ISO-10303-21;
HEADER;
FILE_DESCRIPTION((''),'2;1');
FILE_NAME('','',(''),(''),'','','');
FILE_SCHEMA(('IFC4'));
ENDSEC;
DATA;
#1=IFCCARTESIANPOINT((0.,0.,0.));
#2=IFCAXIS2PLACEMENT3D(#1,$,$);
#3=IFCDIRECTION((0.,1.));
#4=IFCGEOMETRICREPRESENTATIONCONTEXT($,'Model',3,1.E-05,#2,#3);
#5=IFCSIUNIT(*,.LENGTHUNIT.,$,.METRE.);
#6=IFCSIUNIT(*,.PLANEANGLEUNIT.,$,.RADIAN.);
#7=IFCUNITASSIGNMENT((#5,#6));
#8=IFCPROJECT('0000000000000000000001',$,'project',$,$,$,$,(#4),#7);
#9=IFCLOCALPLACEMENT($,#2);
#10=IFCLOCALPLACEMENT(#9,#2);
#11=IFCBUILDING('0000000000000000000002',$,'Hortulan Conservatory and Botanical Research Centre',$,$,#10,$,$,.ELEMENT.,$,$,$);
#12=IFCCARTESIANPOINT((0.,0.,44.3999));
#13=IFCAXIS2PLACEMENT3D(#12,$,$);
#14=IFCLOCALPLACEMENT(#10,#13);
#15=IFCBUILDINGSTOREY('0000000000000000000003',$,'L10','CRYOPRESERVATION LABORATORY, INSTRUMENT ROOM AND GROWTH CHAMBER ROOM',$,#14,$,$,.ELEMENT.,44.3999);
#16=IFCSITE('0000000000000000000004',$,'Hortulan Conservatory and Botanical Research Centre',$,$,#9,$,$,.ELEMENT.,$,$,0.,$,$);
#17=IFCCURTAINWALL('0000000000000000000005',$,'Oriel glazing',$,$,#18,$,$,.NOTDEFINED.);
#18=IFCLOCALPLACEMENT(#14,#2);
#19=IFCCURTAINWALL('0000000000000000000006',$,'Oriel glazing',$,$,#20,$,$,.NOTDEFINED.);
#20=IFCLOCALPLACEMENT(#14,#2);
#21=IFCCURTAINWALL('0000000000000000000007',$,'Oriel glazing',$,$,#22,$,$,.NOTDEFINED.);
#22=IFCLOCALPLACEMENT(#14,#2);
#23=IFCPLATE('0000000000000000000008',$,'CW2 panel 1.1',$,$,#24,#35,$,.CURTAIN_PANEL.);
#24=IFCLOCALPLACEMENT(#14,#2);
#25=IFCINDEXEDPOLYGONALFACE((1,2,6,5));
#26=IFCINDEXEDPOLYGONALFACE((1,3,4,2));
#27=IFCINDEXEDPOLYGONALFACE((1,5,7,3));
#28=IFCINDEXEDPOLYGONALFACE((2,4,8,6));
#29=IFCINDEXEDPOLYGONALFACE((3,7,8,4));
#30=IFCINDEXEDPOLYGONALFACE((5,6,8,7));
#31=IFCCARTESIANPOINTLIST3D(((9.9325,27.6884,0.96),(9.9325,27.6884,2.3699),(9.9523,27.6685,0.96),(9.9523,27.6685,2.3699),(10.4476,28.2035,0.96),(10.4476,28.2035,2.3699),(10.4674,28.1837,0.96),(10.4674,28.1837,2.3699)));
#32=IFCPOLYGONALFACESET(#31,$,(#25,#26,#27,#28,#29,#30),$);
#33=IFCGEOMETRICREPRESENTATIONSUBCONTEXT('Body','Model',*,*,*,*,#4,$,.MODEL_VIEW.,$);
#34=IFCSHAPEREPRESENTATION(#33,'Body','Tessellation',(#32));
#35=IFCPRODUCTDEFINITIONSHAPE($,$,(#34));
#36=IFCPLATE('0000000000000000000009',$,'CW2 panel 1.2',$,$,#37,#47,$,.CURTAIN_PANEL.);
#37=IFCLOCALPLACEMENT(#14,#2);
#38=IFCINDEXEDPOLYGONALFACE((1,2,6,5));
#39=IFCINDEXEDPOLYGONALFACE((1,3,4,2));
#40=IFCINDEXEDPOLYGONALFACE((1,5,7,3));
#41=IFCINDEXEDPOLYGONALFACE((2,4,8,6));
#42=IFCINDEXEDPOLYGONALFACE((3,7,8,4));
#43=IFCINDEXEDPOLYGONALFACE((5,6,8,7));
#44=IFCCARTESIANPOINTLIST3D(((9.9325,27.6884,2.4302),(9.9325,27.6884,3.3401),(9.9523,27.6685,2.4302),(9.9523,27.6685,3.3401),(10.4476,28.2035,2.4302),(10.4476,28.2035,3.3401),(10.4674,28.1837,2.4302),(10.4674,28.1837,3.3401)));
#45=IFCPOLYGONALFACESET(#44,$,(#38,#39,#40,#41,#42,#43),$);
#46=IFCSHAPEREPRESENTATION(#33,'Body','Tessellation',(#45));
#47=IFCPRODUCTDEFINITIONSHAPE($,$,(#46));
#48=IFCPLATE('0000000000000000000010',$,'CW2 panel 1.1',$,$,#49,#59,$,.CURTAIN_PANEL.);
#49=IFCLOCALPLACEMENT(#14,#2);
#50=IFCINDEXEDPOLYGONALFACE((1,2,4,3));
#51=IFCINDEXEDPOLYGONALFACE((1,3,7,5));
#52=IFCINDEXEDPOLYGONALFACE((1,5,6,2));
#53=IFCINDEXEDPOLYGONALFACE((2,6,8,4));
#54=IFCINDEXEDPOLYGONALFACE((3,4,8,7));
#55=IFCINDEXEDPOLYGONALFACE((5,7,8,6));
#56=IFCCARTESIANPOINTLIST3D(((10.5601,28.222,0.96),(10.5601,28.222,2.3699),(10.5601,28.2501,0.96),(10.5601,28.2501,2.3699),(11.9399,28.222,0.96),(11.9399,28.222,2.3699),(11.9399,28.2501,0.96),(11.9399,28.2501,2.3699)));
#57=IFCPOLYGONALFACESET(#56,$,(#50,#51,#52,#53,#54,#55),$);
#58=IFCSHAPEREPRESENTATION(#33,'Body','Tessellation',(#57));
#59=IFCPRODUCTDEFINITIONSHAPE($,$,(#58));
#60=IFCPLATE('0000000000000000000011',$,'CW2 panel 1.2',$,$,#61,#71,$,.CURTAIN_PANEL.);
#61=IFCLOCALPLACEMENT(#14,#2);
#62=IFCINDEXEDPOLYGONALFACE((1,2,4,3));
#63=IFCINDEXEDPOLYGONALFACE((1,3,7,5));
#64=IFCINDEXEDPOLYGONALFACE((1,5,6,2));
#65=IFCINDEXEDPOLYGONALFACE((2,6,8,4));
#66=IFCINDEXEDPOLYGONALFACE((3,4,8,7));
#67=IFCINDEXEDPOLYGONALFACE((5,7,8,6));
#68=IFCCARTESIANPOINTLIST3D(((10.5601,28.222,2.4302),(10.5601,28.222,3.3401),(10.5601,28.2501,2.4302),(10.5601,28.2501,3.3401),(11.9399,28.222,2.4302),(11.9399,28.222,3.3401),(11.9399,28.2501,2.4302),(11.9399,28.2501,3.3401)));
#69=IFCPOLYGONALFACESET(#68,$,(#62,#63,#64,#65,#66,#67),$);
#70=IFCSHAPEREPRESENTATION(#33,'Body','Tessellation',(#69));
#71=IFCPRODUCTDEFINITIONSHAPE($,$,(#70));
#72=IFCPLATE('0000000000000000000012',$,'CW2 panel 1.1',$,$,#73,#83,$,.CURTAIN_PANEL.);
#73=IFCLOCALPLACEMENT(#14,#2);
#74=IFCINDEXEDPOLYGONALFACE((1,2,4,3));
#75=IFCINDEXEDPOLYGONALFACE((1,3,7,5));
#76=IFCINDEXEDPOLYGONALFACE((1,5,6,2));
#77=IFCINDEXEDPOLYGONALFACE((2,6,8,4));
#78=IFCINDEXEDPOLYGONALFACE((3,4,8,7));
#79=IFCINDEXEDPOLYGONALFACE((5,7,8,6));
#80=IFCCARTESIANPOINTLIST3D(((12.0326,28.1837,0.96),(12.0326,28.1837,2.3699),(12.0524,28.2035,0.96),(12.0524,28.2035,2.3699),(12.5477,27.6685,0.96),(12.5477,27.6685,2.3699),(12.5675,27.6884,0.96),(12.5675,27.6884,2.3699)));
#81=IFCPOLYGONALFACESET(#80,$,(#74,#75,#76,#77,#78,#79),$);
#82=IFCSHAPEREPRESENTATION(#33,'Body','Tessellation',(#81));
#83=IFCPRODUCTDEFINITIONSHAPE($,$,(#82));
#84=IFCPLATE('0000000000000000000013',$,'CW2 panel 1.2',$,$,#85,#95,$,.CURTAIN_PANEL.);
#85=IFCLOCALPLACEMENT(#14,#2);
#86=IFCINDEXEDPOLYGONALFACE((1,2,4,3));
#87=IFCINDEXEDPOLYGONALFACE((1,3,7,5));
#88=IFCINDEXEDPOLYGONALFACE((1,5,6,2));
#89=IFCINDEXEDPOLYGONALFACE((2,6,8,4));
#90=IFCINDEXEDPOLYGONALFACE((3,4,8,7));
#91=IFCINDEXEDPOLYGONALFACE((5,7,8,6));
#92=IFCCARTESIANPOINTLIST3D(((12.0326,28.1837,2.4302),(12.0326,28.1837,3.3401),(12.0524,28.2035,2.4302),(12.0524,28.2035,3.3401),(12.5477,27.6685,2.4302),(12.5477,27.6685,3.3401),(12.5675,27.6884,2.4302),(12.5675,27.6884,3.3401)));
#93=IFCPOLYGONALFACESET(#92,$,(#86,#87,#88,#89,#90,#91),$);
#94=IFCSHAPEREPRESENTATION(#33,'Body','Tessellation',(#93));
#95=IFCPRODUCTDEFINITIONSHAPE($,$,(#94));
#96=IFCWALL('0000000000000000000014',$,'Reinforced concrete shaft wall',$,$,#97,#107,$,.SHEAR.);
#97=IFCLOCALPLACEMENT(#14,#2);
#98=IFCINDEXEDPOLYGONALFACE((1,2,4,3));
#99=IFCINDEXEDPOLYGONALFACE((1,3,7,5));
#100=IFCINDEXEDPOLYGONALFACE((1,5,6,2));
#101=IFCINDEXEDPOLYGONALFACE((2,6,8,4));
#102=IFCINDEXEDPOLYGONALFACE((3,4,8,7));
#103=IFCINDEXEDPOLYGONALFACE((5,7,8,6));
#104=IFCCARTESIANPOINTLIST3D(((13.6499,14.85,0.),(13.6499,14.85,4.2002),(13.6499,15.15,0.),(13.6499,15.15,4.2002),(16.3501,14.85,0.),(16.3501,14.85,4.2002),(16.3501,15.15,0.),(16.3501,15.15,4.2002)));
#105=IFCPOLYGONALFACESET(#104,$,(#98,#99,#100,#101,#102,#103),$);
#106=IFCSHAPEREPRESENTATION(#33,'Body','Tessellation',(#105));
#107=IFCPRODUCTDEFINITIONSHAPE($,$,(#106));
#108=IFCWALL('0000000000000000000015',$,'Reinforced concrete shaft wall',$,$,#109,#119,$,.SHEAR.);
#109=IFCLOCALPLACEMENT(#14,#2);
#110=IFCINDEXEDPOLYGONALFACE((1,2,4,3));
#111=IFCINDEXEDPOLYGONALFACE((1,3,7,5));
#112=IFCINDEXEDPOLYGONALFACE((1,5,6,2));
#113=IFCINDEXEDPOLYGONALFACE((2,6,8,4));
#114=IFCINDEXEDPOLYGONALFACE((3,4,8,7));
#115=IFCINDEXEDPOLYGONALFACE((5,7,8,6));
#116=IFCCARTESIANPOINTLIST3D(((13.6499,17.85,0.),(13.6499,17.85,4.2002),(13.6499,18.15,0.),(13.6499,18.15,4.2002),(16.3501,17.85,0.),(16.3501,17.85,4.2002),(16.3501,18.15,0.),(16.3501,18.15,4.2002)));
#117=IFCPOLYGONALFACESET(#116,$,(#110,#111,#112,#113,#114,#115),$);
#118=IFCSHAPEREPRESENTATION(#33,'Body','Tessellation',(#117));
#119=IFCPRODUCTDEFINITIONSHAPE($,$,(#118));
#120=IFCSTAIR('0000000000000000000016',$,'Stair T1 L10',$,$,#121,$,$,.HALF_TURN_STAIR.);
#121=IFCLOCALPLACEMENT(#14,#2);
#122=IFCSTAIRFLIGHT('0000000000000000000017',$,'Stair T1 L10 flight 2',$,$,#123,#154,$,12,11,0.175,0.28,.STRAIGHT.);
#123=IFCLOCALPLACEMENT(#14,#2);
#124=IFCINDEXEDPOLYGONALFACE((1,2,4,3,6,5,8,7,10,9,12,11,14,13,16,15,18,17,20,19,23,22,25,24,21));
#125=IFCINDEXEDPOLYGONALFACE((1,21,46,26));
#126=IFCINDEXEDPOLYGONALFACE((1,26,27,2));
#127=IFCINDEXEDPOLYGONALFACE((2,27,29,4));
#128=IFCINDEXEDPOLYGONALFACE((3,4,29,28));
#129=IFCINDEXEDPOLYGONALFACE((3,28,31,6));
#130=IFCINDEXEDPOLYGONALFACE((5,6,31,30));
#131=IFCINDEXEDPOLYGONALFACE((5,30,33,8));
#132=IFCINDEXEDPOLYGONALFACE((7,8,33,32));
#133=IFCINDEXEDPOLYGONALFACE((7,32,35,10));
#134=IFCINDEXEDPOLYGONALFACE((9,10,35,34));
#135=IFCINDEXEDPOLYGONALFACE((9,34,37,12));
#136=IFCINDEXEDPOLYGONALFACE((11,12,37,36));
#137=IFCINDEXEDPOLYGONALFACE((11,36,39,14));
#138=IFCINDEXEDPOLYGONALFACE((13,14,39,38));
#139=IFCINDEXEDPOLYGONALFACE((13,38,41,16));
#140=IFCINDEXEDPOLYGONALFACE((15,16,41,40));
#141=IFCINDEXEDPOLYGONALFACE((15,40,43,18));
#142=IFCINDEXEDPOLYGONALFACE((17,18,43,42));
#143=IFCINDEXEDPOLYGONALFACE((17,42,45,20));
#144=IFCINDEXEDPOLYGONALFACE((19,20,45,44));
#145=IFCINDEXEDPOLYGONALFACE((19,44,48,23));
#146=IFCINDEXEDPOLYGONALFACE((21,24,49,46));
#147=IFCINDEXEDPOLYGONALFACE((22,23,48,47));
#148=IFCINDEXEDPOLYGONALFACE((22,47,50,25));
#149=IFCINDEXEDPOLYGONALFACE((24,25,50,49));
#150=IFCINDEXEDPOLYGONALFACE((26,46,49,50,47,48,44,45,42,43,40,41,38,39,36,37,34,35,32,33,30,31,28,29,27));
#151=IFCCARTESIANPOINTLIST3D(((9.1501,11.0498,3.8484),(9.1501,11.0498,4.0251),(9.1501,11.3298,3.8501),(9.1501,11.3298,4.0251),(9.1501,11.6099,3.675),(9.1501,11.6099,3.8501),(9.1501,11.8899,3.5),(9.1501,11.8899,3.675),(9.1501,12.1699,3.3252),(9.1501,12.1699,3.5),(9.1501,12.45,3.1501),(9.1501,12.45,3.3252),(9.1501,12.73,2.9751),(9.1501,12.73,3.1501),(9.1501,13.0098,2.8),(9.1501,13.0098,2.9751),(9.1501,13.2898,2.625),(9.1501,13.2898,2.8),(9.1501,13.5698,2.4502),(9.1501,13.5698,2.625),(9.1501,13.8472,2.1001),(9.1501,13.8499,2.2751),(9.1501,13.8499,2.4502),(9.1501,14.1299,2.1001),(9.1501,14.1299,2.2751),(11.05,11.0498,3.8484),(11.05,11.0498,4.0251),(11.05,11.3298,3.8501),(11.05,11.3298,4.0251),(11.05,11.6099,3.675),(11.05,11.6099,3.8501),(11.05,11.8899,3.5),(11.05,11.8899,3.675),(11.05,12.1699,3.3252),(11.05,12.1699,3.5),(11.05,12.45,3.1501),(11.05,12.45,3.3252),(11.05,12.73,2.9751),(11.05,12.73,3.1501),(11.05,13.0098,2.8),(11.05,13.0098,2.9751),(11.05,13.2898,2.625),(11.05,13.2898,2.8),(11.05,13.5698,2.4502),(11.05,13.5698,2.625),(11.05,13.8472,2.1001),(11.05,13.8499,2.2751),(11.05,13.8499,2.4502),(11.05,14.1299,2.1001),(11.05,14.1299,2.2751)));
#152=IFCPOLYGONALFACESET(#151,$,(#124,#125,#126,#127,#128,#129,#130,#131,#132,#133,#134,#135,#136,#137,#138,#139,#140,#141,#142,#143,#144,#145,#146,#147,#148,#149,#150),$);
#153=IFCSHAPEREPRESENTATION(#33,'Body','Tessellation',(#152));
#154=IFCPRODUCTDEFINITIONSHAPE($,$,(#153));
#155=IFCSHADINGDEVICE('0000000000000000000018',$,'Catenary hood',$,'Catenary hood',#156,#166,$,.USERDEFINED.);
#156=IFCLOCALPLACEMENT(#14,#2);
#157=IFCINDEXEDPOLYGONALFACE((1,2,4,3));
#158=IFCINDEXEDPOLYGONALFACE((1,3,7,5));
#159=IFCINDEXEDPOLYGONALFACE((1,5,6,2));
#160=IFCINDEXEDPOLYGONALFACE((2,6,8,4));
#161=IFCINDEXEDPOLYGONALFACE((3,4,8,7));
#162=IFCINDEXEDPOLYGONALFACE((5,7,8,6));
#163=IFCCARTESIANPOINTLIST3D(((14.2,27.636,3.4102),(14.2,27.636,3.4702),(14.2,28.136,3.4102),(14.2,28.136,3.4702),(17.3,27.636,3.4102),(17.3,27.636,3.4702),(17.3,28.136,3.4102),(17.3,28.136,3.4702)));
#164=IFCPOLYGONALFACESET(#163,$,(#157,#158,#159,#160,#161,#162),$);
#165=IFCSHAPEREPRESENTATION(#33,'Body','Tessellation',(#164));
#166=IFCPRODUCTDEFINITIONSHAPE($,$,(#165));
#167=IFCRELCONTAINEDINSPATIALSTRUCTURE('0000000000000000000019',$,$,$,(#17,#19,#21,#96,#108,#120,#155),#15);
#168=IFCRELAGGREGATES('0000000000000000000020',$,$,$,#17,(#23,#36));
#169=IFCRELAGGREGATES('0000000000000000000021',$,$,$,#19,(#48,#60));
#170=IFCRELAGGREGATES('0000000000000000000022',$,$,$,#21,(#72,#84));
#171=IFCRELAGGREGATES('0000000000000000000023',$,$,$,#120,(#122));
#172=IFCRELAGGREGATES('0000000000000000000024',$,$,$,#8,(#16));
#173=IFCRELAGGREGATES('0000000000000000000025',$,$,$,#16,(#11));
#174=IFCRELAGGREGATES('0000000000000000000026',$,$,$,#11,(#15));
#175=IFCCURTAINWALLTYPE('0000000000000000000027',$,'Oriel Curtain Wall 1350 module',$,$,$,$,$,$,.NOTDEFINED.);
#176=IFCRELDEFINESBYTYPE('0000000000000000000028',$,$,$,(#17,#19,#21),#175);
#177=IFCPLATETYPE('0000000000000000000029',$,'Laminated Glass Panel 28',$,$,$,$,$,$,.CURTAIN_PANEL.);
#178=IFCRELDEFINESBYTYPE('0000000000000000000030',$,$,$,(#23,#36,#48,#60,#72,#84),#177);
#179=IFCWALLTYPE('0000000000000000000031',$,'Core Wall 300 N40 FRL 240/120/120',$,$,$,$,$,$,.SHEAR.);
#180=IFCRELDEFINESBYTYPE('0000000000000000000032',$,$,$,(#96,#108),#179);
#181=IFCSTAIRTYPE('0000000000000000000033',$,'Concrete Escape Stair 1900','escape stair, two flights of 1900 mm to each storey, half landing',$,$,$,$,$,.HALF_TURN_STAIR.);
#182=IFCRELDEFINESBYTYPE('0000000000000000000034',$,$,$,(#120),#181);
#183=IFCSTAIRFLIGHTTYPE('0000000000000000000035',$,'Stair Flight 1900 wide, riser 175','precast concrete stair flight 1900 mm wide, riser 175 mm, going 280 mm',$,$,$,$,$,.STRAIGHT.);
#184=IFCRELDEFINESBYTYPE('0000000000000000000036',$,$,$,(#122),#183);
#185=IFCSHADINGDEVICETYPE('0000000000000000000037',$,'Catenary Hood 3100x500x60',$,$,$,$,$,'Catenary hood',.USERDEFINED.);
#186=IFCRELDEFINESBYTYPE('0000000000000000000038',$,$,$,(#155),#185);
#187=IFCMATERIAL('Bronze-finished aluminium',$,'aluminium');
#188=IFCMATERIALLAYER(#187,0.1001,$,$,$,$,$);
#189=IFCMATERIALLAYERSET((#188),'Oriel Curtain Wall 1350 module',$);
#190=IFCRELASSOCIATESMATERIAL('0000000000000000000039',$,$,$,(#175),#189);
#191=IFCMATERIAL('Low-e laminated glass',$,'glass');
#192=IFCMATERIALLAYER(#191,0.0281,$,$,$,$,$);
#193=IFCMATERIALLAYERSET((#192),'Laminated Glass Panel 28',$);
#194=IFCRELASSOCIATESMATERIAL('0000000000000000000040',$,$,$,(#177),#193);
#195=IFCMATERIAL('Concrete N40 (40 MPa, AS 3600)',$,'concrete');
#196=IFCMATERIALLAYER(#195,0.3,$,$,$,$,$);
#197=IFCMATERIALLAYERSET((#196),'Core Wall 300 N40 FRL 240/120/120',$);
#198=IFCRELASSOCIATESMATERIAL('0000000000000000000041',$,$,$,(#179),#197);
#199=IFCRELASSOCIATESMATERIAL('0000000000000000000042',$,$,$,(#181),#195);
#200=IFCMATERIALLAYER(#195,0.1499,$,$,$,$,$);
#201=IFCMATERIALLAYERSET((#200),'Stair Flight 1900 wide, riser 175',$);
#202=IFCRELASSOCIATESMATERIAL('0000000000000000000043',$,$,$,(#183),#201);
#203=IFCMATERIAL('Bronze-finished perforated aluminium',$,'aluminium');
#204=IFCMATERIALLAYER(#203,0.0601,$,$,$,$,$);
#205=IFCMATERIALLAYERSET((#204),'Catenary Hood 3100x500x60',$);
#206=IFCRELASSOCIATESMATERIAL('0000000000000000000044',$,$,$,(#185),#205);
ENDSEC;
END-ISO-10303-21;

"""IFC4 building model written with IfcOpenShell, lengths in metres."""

from ifc_helpers import new_model, si_unit, direction, frame, frame_2d, origin, origin_2d, place, context, subcontext, project, spatial, polyline, rectangle, outline, extrude, material, layer, layer_set, type_object, element, aggregate, save


model = new_model("IFC4")

# Units and contexts
model_context = context("Model", 3, precision=1e-05, world=origin(), true_north=direction((0.0, 1.0)))
body_context = subcontext(model_context, "Body", "Model", "MODEL_VIEW")
ifc_project = project(units=[si_unit("LENGTHUNIT", "METRE"), si_unit("PLANEANGLEUNIT", "RADIAN")], contexts=[model_context])

# Site, building, storey
site_placement = place(None, origin())
site = spatial("IfcSite", under=ifc_project, at=site_placement, Name="Hortulan Conservatory and Botanical Research Centre", CompositionType="ELEMENT", RefElevation=0.0)
building_placement = place(site_placement, origin())
building = spatial("IfcBuilding", under=site, at=building_placement, Name="Hortulan Conservatory and Botanical Research Centre", CompositionType="ELEMENT")
storey_placement = place(building_placement, frame((0.0, 0.0, 44.3999)))
storey = spatial("IfcBuildingStorey", under=building, at=storey_placement, Name="L10", Description="CRYOPRESERVATION LABORATORY, INSTRUMENT ROOM AND GROWTH CHAMBER ROOM", CompositionType="ELEMENT", Elevation=44.3999)

# Curtain wall
ifc_material_1 = material(Name="Bronze-finished aluminium", Category="aluminium")
ifc_layer_1 = layer(ifc_material_1, 0.1001)
ifc_layer_set_1 = layer_set([ifc_layer_1], Name="Oriel Curtain Wall 1350 module")
curtain_wall_type = type_object("IfcCurtainWallType", Name="Oriel Curtain Wall 1350 module", PredefinedType="NOTDEFINED", material=ifc_layer_set_1)
curtain_wall_1_placement = place(storey_placement, origin())
curtain_wall_1 = element("IfcCurtainWall", 1, at=curtain_wall_1_placement, inside=storey, type_object=curtain_wall_type, Name="Oriel glazing", PredefinedType="NOTDEFINED")

# Curtain walls
curtain_wall_2_placement = place(storey_placement, origin())
curtain_wall_2 = element("IfcCurtainWall", 2, at=curtain_wall_2_placement, inside=storey, type_object=curtain_wall_type, Name="Oriel glazing", PredefinedType="NOTDEFINED")
curtain_wall_3_placement = place(storey_placement, origin())
curtain_wall_3 = element("IfcCurtainWall", 3, at=curtain_wall_3_placement, inside=storey, type_object=curtain_wall_type, Name="Oriel glazing", PredefinedType="NOTDEFINED")

# Plates
ifc_material_2 = material(Name="Low-e laminated glass", Category="glass")
ifc_layer_2 = layer(ifc_material_2, 0.0281)
ifc_layer_set_2 = layer_set([ifc_layer_2], Name="Laminated Glass Panel 28")
plate_type = type_object("IfcPlateType", Name="Laminated Glass Panel 28", PredefinedType="CURTAIN_PANEL", material=ifc_layer_set_2)
plate_1_placement = place(storey_placement, frame((10.2, 27.936, 0.96), z_axis=(0.0, 0.0, 1.0), x_axis=(0.707107, 0.707107, 0.0)))
plate_1 = element("IfcPlate", 4, at=plate_1_placement, type_object=plate_type, Name="CW2 panel 1.1", PredefinedType="CURTAIN_PANEL", context=body_context, shape_type="SweptSolid", body=[
    extrude(rectangle(XDim=0.7285, YDim=0.0281, at=origin_2d()), origin(), (0.0, 0.0, 1.0), 1.4099),
])
plate_2_placement = place(storey_placement, frame((10.2, 27.936, 2.4302), z_axis=(0.0, 0.0, 1.0), x_axis=(0.707107, 0.707107, 0.0)))
plate_2 = element("IfcPlate", 5, at=plate_2_placement, type_object=plate_type, Name="CW2 panel 1.2", PredefinedType="CURTAIN_PANEL", context=body_context, shape_type="SweptSolid", body=[
    extrude(rectangle(XDim=0.7285, YDim=0.0281, at=origin_2d()), origin(), (0.0, 0.0, 1.0), 0.9099),
])
aggregate(curtain_wall_1, [plate_1, plate_2])
plate_3_placement = place(storey_placement, frame((11.25, 28.2361, 0.96), z_axis=(0.0, 0.0, 1.0), x_axis=(1.0, 0.0, 0.0)))
plate_3 = element("IfcPlate", 6, at=plate_3_placement, type_object=plate_type, Name="CW2 panel 1.1", PredefinedType="CURTAIN_PANEL", context=body_context, shape_type="SweptSolid", body=[
    extrude(rectangle(XDim=1.3799, YDim=0.0281, at=origin_2d()), origin(), (0.0, 0.0, 1.0), 1.4099),
])
plate_4_placement = place(storey_placement, frame((11.25, 28.2361, 2.4302), z_axis=(0.0, 0.0, 1.0), x_axis=(1.0, 0.0, 0.0)))
plate_4 = element("IfcPlate", 7, at=plate_4_placement, type_object=plate_type, Name="CW2 panel 1.2", PredefinedType="CURTAIN_PANEL", context=body_context, shape_type="SweptSolid", body=[
    extrude(rectangle(XDim=1.3799, YDim=0.0281, at=origin_2d()), origin(), (0.0, 0.0, 1.0), 0.9099),
])
aggregate(curtain_wall_2, [plate_3, plate_4])
plate_5_placement = place(storey_placement, frame((12.3, 27.936, 0.96), z_axis=(0.0, 0.0, 1.0), x_axis=(0.707107, -0.707107, 0.0)))
plate_5 = element("IfcPlate", 8, at=plate_5_placement, type_object=plate_type, Name="CW2 panel 1.1", PredefinedType="CURTAIN_PANEL", context=body_context, shape_type="SweptSolid", body=[
    extrude(rectangle(XDim=0.7285, YDim=0.0281, at=origin_2d()), origin(), (0.0, 0.0, 1.0), 1.4099),
])
plate_6_placement = place(storey_placement, frame((12.3, 27.936, 2.4302), z_axis=(0.0, 0.0, 1.0), x_axis=(0.707107, -0.707107, 0.0)))
plate_6 = element("IfcPlate", 9, at=plate_6_placement, type_object=plate_type, Name="CW2 panel 1.2", PredefinedType="CURTAIN_PANEL", context=body_context, shape_type="SweptSolid", body=[
    extrude(rectangle(XDim=0.7285, YDim=0.0281, at=origin_2d()), origin(), (0.0, 0.0, 1.0), 0.9099),
])
aggregate(curtain_wall_3, [plate_5, plate_6])

# Walls
ifc_material_3 = material(Name="Concrete N40 (40 MPa, AS 3600)", Category="concrete")
ifc_layer_3 = layer(ifc_material_3, 0.3)
ifc_layer_set_3 = layer_set([ifc_layer_3], Name="Core Wall 300 N40 FRL 240/120/120")
wall_type = type_object("IfcWallType", Name="Core Wall 300 N40 FRL 240/120/120", PredefinedType="SHEAR", material=ifc_layer_set_3)
for number, where, z_axis, x_axis, name in (
    (10, (13.6499, 15.0, 0.0), (0.0, 0.0, 1.0), (1.0, 0.0, 0.0), "Reinforced concrete shaft wall"),
    (11, (13.6499, 18.0, 0.0), (0.0, 0.0, 1.0), (1.0, 0.0, 0.0), "Reinforced concrete shaft wall"),
):
    element("IfcWall", number, at=place(storey_placement, frame(where, z_axis=z_axis, x_axis=x_axis)), inside=storey, type_object=wall_type, Name=name, PredefinedType="SHEAR", context=body_context, shape_type="SweptSolid", body=[
        extrude(rectangle(XDim=2.7002, YDim=0.3, at=frame_2d((1.3501, 0.0))), origin(), (0.0, 0.0, 1.0), 4.2002),
    ])

# Stair, stair flight
stair_type = type_object("IfcStairType", Name="Concrete Escape Stair 1900", Description="escape stair, two flights of 1900 mm to each storey, half landing", PredefinedType="HALF_TURN_STAIR", material=ifc_material_3)
stair_placement = place(storey_placement, origin())
stair = element("IfcStair", 12, at=stair_placement, inside=storey, type_object=stair_type, Name="Stair T1 L10", PredefinedType="HALF_TURN_STAIR")
ifc_layer_4 = layer(ifc_material_3, 0.1499)
ifc_layer_set_4 = layer_set([ifc_layer_4], Name="Stair Flight 1900 wide, riser 175")
stair_flight_type = type_object("IfcStairFlightType", Name="Stair Flight 1900 wide, riser 175", Description="precast concrete stair flight 1900 mm wide, riser 175 mm, going 280 mm", PredefinedType="STRAIGHT", material=ifc_layer_set_4)
stair_flight_placement = place(storey_placement, frame((10.1001, 14.1299, 2.1001), z_axis=(0.0, 0.0, 1.0), x_axis=(0.0, -1.0, 0.0)))
stair_flight = element("IfcStairFlight", 13, at=stair_flight_placement, type_object=stair_flight_type, Name="Stair T1 L10 flight 2", NumberOfRisers=12, NumberOfTreads=11, PredefinedType="STRAIGHT", RiserHeight=0.175, TreadLength=0.28, context=body_context, shape_type="SweptSolid", body=[
    extrude(outline(polyline([(0.0, 0.0), (0.0, 0.175), (0.28, 0.175), (0.28, 0.3501), (0.5601, 0.3501), (0.5601, 0.5249), (0.8401, 0.5249), (0.8401, 0.7), (1.1201, 0.7), (1.1201, 0.875), (1.3999, 0.875), (1.3999, 1.05), (1.6799, 1.05), (1.6799, 1.2251), (1.96, 1.2251), (1.96, 1.3999), (2.24, 1.3999), (2.24, 1.575), (2.52, 1.575), (2.52, 1.75), (2.8, 1.75), (2.8, 1.925), (3.0801, 1.925), (3.0801, 2.1001), (3.0801, 1.7483), (0.2827, 0.0), (0.0, 0.0)])), frame((0.0, 0.95, 0.0), z_axis=(0.0, -1.0, 0.0), x_axis=(1.0, 0.0, 0.0)), (0.0, 0.0, 1.0), 1.8999),
])
aggregate(stair, [stair_flight])

# Shading device
ifc_material_4 = material(Name="Bronze-finished perforated aluminium", Category="aluminium")
ifc_layer_5 = layer(ifc_material_4, 0.0601)
ifc_layer_set_5 = layer_set([ifc_layer_5], Name="Catenary Hood 3100x500x60")
shading_device_type = type_object("IfcShadingDeviceType", Name="Catenary Hood 3100x500x60", ElementType="Catenary hood", PredefinedType="USERDEFINED", material=ifc_layer_set_5)
shading_device_placement = place(storey_placement, frame((15.75, 27.886, 3.4102), z_axis=(0.0, 0.0, 1.0), x_axis=(1.0, 0.0, 0.0)))
element("IfcShadingDevice", 14, at=shading_device_placement, inside=storey, type_object=shading_device_type, Name="Catenary hood", ObjectType="Catenary hood", PredefinedType="USERDEFINED", context=body_context, shape_type="SweptSolid", body=[
    extrude(rectangle(XDim=3.1001, YDim=0.5, at=origin_2d()), origin(), (0.0, 0.0, 1.0), 0.0601),
])

save(model, "model.ifc")
